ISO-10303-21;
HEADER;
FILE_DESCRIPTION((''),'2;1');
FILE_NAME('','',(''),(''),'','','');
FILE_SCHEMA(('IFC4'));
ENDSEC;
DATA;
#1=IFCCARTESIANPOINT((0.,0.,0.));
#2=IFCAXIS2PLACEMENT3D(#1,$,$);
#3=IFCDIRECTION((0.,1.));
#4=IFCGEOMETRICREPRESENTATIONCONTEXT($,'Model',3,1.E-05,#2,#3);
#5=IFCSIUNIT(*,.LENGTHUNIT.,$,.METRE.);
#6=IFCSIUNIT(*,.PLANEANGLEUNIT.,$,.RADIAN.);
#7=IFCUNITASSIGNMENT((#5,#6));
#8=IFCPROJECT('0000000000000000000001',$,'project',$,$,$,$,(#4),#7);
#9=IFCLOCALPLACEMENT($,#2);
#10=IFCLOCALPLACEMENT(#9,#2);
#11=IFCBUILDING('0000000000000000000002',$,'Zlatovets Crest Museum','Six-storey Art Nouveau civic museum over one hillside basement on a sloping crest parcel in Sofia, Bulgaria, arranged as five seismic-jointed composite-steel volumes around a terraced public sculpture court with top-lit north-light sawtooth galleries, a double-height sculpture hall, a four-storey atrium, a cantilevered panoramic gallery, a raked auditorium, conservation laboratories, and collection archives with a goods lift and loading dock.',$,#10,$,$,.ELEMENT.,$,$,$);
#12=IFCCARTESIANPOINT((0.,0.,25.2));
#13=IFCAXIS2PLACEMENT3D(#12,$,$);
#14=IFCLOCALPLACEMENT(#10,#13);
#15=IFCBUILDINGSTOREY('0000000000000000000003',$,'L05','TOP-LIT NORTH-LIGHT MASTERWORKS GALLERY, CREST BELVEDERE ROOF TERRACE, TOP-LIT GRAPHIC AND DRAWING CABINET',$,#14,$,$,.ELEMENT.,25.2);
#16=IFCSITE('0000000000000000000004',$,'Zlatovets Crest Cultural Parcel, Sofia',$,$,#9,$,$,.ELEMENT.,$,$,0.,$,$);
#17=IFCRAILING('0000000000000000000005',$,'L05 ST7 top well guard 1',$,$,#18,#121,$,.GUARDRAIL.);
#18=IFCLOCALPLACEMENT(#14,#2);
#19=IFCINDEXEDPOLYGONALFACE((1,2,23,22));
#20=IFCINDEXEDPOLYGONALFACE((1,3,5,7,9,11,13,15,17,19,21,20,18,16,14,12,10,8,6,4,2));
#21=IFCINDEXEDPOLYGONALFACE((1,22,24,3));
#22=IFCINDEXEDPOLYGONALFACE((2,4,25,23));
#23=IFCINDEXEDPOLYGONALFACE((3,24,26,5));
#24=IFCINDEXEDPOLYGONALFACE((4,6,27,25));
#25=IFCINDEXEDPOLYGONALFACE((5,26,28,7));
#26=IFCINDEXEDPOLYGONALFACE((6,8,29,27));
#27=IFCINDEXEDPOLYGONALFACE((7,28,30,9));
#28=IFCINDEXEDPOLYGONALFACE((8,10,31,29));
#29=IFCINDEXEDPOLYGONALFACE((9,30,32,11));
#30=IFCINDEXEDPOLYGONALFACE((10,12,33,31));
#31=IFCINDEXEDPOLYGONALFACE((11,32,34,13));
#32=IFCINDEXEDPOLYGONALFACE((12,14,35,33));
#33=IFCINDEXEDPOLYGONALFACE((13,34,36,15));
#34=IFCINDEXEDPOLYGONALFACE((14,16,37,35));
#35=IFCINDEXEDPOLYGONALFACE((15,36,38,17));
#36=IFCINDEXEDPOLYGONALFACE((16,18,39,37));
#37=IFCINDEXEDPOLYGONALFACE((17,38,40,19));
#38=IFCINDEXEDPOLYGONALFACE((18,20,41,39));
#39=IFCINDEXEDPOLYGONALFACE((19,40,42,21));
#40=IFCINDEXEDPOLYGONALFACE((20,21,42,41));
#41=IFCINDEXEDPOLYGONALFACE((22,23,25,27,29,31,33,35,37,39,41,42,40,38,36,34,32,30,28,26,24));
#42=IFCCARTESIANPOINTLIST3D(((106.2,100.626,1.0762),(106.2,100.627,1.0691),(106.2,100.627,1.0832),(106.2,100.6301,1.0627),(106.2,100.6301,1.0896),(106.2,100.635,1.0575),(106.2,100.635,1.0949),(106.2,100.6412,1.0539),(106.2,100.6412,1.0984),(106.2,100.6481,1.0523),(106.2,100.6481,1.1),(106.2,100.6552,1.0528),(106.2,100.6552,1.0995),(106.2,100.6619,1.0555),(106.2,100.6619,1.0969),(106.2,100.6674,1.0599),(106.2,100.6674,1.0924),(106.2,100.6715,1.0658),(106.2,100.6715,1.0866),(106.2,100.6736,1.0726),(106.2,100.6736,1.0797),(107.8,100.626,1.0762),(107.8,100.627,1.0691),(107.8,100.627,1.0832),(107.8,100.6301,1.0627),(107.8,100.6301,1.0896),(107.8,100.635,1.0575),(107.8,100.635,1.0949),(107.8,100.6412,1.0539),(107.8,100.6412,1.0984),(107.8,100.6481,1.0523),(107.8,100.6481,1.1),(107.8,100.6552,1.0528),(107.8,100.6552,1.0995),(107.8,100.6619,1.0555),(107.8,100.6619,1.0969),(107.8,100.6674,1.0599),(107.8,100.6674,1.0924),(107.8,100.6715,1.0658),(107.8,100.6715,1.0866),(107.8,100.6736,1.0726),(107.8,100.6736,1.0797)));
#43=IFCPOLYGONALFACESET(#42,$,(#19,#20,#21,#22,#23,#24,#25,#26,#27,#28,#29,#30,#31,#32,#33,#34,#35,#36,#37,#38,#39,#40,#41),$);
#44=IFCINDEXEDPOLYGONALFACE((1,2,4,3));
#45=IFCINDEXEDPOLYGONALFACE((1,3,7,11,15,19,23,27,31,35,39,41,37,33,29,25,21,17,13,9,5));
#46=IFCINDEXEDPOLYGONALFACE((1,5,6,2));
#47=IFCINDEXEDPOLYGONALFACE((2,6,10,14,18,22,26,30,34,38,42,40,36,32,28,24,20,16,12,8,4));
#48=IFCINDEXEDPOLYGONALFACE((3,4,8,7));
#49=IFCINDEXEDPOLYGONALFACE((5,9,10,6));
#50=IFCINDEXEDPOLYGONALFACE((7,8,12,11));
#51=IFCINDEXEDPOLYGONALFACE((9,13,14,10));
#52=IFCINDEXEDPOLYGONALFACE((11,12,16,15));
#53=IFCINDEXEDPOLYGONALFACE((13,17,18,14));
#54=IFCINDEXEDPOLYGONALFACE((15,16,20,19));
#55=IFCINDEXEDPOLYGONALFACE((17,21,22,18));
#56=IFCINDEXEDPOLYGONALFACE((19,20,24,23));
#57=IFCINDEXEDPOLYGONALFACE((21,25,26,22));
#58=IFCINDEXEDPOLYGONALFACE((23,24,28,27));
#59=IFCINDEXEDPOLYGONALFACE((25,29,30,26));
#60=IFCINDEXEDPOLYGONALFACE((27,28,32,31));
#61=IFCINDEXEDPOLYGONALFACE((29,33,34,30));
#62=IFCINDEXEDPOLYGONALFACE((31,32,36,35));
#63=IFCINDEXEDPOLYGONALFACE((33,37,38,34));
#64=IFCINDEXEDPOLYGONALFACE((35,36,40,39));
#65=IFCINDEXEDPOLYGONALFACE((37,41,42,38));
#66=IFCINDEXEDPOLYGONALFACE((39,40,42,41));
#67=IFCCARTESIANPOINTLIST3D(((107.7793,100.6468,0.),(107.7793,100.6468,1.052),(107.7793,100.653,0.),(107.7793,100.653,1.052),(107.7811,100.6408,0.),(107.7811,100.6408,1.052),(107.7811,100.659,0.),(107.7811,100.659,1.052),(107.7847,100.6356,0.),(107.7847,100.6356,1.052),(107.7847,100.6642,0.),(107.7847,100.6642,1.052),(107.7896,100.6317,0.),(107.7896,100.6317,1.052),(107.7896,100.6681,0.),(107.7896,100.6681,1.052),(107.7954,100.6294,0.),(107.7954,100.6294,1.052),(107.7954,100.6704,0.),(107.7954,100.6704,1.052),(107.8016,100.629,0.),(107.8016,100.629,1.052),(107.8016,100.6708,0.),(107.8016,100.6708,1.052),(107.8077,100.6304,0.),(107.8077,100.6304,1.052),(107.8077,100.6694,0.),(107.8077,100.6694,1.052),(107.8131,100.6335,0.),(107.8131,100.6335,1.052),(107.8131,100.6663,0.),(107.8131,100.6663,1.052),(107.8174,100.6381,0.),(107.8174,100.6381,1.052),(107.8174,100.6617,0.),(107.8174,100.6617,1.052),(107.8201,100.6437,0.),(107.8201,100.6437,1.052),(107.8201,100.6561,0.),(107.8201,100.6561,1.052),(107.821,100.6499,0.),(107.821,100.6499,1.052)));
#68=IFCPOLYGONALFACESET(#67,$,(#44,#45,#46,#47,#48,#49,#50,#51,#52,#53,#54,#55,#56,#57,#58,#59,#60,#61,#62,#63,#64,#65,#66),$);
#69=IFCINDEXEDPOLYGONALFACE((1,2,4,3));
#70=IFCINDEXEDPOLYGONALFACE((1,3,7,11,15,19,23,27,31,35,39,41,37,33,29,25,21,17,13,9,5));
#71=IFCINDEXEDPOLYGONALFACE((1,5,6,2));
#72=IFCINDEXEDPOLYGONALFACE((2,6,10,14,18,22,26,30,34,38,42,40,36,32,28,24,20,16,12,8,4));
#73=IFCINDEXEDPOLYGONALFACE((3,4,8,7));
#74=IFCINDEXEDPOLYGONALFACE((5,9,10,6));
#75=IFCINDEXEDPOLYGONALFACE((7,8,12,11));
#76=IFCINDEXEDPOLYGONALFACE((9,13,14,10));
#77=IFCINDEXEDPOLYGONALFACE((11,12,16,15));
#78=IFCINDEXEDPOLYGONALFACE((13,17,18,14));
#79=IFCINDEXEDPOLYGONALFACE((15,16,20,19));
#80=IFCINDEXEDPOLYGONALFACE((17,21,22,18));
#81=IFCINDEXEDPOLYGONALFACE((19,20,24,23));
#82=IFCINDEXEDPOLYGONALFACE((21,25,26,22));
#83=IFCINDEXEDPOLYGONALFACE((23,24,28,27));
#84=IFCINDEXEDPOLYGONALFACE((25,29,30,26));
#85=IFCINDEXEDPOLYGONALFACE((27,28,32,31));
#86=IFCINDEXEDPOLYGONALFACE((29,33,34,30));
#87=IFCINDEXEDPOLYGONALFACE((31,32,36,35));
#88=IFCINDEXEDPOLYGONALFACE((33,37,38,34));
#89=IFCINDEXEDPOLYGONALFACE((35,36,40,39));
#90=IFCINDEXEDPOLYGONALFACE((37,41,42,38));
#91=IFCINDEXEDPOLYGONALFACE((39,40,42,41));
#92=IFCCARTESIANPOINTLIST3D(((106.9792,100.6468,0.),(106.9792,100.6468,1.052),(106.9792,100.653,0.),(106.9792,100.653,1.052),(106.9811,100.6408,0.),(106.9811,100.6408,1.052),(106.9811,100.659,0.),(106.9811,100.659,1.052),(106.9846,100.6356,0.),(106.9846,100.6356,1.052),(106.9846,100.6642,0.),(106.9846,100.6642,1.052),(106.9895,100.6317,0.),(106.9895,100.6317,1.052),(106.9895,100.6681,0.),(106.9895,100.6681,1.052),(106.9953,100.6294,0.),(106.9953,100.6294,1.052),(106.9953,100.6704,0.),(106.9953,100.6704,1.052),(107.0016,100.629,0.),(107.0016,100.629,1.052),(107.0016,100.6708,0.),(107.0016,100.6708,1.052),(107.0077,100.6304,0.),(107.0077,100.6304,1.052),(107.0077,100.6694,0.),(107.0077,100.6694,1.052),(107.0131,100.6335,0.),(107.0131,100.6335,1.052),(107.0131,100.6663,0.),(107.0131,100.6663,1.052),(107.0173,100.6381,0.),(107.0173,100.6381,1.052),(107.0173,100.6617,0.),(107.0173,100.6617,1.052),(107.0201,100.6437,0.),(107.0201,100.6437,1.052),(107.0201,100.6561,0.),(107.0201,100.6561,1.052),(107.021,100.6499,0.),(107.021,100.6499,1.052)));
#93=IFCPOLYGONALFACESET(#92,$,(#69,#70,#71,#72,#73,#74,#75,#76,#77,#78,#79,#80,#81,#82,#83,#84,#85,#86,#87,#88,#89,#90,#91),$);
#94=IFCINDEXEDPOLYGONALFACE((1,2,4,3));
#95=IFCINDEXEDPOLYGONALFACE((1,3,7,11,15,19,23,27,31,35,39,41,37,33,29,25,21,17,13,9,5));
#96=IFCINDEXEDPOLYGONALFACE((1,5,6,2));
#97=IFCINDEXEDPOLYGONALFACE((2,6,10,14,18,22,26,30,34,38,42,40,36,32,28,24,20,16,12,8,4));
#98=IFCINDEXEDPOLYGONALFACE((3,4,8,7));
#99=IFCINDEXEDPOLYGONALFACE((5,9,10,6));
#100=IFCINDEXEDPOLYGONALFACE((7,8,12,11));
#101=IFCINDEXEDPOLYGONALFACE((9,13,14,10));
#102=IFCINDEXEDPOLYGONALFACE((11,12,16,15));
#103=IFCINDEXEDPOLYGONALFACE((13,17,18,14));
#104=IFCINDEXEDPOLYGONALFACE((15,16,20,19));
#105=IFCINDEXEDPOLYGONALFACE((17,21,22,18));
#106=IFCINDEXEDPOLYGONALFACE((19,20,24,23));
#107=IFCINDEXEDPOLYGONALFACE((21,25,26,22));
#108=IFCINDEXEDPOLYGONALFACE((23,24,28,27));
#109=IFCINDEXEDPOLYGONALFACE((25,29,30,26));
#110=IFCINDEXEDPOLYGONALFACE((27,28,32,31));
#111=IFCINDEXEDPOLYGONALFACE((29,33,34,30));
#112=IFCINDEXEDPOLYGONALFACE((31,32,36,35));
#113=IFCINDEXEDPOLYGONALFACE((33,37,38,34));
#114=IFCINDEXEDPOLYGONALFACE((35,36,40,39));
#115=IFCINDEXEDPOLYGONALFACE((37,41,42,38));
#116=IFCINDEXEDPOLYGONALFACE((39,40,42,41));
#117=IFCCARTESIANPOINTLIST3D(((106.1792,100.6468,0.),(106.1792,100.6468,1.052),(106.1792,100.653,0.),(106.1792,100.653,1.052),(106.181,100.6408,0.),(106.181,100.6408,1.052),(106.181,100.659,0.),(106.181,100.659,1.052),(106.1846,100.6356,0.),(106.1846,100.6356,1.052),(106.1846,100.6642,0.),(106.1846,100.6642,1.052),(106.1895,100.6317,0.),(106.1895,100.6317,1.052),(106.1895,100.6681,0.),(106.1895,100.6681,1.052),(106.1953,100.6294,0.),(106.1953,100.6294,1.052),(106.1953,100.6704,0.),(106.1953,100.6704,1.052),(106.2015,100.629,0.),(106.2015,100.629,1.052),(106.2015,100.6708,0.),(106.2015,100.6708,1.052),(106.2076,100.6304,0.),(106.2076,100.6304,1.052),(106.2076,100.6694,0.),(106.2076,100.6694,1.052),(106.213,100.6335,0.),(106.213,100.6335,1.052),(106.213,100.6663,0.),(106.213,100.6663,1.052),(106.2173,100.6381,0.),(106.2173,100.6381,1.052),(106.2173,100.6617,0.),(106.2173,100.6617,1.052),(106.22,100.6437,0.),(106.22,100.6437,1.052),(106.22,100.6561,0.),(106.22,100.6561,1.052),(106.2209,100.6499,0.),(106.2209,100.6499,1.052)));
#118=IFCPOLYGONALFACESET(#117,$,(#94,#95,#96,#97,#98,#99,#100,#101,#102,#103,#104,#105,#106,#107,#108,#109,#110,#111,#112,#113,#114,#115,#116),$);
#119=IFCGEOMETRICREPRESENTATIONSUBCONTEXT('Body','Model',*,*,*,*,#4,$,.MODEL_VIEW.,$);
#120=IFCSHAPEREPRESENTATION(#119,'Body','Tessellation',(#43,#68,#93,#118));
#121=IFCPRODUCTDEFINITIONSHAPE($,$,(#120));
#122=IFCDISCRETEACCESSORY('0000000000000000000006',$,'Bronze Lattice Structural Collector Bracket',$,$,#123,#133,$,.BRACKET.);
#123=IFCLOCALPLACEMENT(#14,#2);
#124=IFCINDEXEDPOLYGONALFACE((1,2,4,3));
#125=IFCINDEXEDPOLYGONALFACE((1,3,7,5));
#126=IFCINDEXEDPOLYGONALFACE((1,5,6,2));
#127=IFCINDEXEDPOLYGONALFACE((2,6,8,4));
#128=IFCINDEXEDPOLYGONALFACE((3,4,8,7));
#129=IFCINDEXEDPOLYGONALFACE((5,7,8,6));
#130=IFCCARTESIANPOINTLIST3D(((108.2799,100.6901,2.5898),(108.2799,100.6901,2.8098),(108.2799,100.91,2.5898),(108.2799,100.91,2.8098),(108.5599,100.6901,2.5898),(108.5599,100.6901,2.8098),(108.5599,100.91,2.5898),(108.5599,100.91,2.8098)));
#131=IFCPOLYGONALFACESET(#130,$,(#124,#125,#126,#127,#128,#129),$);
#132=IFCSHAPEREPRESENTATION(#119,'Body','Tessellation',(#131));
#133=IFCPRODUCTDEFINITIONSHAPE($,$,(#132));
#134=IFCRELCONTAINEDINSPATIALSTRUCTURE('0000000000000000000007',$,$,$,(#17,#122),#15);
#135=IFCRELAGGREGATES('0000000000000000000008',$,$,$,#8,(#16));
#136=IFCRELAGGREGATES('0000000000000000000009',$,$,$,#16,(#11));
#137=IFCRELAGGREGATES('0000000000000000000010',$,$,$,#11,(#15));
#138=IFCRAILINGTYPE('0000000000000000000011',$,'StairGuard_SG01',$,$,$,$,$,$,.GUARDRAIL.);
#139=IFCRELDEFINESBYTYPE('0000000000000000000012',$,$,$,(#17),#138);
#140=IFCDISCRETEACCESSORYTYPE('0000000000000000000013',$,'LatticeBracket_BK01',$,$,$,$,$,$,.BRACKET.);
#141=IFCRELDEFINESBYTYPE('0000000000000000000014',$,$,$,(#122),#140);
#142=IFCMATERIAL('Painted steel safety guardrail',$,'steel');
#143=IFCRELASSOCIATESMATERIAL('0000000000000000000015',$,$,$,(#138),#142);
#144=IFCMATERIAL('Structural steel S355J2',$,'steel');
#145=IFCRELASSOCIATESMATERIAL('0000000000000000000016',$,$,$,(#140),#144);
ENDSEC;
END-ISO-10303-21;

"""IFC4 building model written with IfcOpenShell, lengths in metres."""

from ifc_helpers import new_model, si_unit, direction, frame, origin, origin_2d, place, context, subcontext, project, spatial, rectangle, circle, extrude, material, type_object, element, save


model = new_model("IFC4")

# Units and contexts
model_context = context("Model", 3, precision=1e-05, world=origin(), true_north=direction((0.0, 1.0)))
body_context = subcontext(model_context, "Body", "Model", "MODEL_VIEW")
ifc_project = project(units=[si_unit("LENGTHUNIT", "METRE"), si_unit("PLANEANGLEUNIT", "RADIAN")], contexts=[model_context])

# Site, building, storey
site_placement = place(None, origin())
site = spatial("IfcSite", under=ifc_project, at=site_placement, Name="Zlatovets Crest Cultural Parcel, Sofia", CompositionType="ELEMENT", RefElevation=0.0)
building_placement = place(site_placement, origin())
building = spatial("IfcBuilding", under=site, at=building_placement, Name="Zlatovets Crest Museum", Description="Six-storey Art Nouveau civic museum over one hillside basement on a sloping crest parcel in Sofia, Bulgaria, arranged as five seismic-jointed composite-steel volumes around a terraced public sculpture court with top-lit north-light sawtooth galleries, a double-height sculpture hall, a four-storey atrium, a cantilevered panoramic gallery, a raked auditorium, conservation laboratories, and collection archives with a goods lift and loading dock.", CompositionType="ELEMENT")
storey_placement = place(building_placement, frame((0.0, 0.0, 25.2)))
storey = spatial("IfcBuildingStorey", under=building, at=storey_placement, Name="L05", Description="TOP-LIT NORTH-LIGHT MASTERWORKS GALLERY, CREST BELVEDERE ROOF TERRACE, TOP-LIT GRAPHIC AND DRAWING CABINET", CompositionType="ELEMENT", Elevation=25.2)

# Shared definitions
ifc_material_1 = material(Name="Structural steel S355J2", Category="steel")

# Railing
ifc_material_2 = material(Name="Painted steel safety guardrail", Category="steel")
railing_type = type_object("IfcRailingType", Name="StairGuard_SG01", PredefinedType="GUARDRAIL", material=ifc_material_2)
railing_placement = place(storey_placement, frame((107.8, 100.6499, 0.0)))
element("IfcRailing", 1, at=railing_placement, inside=storey, type_object=railing_type, Name="L05 ST7 top well guard 1", PredefinedType="GUARDRAIL", context=body_context, shape_type="SweptSolid", body=[
    extrude(circle(Radius=0.0239, at=origin_2d()), frame((0.0, 0.0, 1.0762), z_axis=(-1.0, 0.0, 0.0), x_axis=(0.0, -1.0, 0.0)), (0.0, 0.0, 1.0), 1.6001),
    extrude(circle(Radius=0.021, at=origin_2d()), origin(), (0.0, 0.0, 1.0), 1.052),
    extrude(circle(Radius=0.021, at=origin_2d()), frame((-0.8, 0.0, 0.0)), (0.0, 0.0, 1.0), 1.052),
    extrude(circle(Radius=0.021, at=origin_2d()), frame((-1.6001, 0.0, 0.0)), (0.0, 0.0, 1.0), 1.052),
])

# Discrete accessory
discrete_accessory_type = type_object("IfcDiscreteAccessoryType", Name="LatticeBracket_BK01", PredefinedType="BRACKET", material=ifc_material_1)
discrete_accessory_placement = place(storey_placement, frame((108.4199, 100.8, 2.5898), z_axis=(0.0, 0.0, 1.0), x_axis=(1.0, 0.0, 0.0)))
element("IfcDiscreteAccessory", 2, at=discrete_accessory_placement, inside=storey, type_object=discrete_accessory_type, Name="Bronze Lattice Structural Collector Bracket", PredefinedType="BRACKET", context=body_context, shape_type="SweptSolid", body=[
    extrude(rectangle(XDim=0.28, YDim=0.22, at=origin_2d()), origin(), (0.0, 0.0, 1.0), 0.22),
])

save(model, "model.ifc")
